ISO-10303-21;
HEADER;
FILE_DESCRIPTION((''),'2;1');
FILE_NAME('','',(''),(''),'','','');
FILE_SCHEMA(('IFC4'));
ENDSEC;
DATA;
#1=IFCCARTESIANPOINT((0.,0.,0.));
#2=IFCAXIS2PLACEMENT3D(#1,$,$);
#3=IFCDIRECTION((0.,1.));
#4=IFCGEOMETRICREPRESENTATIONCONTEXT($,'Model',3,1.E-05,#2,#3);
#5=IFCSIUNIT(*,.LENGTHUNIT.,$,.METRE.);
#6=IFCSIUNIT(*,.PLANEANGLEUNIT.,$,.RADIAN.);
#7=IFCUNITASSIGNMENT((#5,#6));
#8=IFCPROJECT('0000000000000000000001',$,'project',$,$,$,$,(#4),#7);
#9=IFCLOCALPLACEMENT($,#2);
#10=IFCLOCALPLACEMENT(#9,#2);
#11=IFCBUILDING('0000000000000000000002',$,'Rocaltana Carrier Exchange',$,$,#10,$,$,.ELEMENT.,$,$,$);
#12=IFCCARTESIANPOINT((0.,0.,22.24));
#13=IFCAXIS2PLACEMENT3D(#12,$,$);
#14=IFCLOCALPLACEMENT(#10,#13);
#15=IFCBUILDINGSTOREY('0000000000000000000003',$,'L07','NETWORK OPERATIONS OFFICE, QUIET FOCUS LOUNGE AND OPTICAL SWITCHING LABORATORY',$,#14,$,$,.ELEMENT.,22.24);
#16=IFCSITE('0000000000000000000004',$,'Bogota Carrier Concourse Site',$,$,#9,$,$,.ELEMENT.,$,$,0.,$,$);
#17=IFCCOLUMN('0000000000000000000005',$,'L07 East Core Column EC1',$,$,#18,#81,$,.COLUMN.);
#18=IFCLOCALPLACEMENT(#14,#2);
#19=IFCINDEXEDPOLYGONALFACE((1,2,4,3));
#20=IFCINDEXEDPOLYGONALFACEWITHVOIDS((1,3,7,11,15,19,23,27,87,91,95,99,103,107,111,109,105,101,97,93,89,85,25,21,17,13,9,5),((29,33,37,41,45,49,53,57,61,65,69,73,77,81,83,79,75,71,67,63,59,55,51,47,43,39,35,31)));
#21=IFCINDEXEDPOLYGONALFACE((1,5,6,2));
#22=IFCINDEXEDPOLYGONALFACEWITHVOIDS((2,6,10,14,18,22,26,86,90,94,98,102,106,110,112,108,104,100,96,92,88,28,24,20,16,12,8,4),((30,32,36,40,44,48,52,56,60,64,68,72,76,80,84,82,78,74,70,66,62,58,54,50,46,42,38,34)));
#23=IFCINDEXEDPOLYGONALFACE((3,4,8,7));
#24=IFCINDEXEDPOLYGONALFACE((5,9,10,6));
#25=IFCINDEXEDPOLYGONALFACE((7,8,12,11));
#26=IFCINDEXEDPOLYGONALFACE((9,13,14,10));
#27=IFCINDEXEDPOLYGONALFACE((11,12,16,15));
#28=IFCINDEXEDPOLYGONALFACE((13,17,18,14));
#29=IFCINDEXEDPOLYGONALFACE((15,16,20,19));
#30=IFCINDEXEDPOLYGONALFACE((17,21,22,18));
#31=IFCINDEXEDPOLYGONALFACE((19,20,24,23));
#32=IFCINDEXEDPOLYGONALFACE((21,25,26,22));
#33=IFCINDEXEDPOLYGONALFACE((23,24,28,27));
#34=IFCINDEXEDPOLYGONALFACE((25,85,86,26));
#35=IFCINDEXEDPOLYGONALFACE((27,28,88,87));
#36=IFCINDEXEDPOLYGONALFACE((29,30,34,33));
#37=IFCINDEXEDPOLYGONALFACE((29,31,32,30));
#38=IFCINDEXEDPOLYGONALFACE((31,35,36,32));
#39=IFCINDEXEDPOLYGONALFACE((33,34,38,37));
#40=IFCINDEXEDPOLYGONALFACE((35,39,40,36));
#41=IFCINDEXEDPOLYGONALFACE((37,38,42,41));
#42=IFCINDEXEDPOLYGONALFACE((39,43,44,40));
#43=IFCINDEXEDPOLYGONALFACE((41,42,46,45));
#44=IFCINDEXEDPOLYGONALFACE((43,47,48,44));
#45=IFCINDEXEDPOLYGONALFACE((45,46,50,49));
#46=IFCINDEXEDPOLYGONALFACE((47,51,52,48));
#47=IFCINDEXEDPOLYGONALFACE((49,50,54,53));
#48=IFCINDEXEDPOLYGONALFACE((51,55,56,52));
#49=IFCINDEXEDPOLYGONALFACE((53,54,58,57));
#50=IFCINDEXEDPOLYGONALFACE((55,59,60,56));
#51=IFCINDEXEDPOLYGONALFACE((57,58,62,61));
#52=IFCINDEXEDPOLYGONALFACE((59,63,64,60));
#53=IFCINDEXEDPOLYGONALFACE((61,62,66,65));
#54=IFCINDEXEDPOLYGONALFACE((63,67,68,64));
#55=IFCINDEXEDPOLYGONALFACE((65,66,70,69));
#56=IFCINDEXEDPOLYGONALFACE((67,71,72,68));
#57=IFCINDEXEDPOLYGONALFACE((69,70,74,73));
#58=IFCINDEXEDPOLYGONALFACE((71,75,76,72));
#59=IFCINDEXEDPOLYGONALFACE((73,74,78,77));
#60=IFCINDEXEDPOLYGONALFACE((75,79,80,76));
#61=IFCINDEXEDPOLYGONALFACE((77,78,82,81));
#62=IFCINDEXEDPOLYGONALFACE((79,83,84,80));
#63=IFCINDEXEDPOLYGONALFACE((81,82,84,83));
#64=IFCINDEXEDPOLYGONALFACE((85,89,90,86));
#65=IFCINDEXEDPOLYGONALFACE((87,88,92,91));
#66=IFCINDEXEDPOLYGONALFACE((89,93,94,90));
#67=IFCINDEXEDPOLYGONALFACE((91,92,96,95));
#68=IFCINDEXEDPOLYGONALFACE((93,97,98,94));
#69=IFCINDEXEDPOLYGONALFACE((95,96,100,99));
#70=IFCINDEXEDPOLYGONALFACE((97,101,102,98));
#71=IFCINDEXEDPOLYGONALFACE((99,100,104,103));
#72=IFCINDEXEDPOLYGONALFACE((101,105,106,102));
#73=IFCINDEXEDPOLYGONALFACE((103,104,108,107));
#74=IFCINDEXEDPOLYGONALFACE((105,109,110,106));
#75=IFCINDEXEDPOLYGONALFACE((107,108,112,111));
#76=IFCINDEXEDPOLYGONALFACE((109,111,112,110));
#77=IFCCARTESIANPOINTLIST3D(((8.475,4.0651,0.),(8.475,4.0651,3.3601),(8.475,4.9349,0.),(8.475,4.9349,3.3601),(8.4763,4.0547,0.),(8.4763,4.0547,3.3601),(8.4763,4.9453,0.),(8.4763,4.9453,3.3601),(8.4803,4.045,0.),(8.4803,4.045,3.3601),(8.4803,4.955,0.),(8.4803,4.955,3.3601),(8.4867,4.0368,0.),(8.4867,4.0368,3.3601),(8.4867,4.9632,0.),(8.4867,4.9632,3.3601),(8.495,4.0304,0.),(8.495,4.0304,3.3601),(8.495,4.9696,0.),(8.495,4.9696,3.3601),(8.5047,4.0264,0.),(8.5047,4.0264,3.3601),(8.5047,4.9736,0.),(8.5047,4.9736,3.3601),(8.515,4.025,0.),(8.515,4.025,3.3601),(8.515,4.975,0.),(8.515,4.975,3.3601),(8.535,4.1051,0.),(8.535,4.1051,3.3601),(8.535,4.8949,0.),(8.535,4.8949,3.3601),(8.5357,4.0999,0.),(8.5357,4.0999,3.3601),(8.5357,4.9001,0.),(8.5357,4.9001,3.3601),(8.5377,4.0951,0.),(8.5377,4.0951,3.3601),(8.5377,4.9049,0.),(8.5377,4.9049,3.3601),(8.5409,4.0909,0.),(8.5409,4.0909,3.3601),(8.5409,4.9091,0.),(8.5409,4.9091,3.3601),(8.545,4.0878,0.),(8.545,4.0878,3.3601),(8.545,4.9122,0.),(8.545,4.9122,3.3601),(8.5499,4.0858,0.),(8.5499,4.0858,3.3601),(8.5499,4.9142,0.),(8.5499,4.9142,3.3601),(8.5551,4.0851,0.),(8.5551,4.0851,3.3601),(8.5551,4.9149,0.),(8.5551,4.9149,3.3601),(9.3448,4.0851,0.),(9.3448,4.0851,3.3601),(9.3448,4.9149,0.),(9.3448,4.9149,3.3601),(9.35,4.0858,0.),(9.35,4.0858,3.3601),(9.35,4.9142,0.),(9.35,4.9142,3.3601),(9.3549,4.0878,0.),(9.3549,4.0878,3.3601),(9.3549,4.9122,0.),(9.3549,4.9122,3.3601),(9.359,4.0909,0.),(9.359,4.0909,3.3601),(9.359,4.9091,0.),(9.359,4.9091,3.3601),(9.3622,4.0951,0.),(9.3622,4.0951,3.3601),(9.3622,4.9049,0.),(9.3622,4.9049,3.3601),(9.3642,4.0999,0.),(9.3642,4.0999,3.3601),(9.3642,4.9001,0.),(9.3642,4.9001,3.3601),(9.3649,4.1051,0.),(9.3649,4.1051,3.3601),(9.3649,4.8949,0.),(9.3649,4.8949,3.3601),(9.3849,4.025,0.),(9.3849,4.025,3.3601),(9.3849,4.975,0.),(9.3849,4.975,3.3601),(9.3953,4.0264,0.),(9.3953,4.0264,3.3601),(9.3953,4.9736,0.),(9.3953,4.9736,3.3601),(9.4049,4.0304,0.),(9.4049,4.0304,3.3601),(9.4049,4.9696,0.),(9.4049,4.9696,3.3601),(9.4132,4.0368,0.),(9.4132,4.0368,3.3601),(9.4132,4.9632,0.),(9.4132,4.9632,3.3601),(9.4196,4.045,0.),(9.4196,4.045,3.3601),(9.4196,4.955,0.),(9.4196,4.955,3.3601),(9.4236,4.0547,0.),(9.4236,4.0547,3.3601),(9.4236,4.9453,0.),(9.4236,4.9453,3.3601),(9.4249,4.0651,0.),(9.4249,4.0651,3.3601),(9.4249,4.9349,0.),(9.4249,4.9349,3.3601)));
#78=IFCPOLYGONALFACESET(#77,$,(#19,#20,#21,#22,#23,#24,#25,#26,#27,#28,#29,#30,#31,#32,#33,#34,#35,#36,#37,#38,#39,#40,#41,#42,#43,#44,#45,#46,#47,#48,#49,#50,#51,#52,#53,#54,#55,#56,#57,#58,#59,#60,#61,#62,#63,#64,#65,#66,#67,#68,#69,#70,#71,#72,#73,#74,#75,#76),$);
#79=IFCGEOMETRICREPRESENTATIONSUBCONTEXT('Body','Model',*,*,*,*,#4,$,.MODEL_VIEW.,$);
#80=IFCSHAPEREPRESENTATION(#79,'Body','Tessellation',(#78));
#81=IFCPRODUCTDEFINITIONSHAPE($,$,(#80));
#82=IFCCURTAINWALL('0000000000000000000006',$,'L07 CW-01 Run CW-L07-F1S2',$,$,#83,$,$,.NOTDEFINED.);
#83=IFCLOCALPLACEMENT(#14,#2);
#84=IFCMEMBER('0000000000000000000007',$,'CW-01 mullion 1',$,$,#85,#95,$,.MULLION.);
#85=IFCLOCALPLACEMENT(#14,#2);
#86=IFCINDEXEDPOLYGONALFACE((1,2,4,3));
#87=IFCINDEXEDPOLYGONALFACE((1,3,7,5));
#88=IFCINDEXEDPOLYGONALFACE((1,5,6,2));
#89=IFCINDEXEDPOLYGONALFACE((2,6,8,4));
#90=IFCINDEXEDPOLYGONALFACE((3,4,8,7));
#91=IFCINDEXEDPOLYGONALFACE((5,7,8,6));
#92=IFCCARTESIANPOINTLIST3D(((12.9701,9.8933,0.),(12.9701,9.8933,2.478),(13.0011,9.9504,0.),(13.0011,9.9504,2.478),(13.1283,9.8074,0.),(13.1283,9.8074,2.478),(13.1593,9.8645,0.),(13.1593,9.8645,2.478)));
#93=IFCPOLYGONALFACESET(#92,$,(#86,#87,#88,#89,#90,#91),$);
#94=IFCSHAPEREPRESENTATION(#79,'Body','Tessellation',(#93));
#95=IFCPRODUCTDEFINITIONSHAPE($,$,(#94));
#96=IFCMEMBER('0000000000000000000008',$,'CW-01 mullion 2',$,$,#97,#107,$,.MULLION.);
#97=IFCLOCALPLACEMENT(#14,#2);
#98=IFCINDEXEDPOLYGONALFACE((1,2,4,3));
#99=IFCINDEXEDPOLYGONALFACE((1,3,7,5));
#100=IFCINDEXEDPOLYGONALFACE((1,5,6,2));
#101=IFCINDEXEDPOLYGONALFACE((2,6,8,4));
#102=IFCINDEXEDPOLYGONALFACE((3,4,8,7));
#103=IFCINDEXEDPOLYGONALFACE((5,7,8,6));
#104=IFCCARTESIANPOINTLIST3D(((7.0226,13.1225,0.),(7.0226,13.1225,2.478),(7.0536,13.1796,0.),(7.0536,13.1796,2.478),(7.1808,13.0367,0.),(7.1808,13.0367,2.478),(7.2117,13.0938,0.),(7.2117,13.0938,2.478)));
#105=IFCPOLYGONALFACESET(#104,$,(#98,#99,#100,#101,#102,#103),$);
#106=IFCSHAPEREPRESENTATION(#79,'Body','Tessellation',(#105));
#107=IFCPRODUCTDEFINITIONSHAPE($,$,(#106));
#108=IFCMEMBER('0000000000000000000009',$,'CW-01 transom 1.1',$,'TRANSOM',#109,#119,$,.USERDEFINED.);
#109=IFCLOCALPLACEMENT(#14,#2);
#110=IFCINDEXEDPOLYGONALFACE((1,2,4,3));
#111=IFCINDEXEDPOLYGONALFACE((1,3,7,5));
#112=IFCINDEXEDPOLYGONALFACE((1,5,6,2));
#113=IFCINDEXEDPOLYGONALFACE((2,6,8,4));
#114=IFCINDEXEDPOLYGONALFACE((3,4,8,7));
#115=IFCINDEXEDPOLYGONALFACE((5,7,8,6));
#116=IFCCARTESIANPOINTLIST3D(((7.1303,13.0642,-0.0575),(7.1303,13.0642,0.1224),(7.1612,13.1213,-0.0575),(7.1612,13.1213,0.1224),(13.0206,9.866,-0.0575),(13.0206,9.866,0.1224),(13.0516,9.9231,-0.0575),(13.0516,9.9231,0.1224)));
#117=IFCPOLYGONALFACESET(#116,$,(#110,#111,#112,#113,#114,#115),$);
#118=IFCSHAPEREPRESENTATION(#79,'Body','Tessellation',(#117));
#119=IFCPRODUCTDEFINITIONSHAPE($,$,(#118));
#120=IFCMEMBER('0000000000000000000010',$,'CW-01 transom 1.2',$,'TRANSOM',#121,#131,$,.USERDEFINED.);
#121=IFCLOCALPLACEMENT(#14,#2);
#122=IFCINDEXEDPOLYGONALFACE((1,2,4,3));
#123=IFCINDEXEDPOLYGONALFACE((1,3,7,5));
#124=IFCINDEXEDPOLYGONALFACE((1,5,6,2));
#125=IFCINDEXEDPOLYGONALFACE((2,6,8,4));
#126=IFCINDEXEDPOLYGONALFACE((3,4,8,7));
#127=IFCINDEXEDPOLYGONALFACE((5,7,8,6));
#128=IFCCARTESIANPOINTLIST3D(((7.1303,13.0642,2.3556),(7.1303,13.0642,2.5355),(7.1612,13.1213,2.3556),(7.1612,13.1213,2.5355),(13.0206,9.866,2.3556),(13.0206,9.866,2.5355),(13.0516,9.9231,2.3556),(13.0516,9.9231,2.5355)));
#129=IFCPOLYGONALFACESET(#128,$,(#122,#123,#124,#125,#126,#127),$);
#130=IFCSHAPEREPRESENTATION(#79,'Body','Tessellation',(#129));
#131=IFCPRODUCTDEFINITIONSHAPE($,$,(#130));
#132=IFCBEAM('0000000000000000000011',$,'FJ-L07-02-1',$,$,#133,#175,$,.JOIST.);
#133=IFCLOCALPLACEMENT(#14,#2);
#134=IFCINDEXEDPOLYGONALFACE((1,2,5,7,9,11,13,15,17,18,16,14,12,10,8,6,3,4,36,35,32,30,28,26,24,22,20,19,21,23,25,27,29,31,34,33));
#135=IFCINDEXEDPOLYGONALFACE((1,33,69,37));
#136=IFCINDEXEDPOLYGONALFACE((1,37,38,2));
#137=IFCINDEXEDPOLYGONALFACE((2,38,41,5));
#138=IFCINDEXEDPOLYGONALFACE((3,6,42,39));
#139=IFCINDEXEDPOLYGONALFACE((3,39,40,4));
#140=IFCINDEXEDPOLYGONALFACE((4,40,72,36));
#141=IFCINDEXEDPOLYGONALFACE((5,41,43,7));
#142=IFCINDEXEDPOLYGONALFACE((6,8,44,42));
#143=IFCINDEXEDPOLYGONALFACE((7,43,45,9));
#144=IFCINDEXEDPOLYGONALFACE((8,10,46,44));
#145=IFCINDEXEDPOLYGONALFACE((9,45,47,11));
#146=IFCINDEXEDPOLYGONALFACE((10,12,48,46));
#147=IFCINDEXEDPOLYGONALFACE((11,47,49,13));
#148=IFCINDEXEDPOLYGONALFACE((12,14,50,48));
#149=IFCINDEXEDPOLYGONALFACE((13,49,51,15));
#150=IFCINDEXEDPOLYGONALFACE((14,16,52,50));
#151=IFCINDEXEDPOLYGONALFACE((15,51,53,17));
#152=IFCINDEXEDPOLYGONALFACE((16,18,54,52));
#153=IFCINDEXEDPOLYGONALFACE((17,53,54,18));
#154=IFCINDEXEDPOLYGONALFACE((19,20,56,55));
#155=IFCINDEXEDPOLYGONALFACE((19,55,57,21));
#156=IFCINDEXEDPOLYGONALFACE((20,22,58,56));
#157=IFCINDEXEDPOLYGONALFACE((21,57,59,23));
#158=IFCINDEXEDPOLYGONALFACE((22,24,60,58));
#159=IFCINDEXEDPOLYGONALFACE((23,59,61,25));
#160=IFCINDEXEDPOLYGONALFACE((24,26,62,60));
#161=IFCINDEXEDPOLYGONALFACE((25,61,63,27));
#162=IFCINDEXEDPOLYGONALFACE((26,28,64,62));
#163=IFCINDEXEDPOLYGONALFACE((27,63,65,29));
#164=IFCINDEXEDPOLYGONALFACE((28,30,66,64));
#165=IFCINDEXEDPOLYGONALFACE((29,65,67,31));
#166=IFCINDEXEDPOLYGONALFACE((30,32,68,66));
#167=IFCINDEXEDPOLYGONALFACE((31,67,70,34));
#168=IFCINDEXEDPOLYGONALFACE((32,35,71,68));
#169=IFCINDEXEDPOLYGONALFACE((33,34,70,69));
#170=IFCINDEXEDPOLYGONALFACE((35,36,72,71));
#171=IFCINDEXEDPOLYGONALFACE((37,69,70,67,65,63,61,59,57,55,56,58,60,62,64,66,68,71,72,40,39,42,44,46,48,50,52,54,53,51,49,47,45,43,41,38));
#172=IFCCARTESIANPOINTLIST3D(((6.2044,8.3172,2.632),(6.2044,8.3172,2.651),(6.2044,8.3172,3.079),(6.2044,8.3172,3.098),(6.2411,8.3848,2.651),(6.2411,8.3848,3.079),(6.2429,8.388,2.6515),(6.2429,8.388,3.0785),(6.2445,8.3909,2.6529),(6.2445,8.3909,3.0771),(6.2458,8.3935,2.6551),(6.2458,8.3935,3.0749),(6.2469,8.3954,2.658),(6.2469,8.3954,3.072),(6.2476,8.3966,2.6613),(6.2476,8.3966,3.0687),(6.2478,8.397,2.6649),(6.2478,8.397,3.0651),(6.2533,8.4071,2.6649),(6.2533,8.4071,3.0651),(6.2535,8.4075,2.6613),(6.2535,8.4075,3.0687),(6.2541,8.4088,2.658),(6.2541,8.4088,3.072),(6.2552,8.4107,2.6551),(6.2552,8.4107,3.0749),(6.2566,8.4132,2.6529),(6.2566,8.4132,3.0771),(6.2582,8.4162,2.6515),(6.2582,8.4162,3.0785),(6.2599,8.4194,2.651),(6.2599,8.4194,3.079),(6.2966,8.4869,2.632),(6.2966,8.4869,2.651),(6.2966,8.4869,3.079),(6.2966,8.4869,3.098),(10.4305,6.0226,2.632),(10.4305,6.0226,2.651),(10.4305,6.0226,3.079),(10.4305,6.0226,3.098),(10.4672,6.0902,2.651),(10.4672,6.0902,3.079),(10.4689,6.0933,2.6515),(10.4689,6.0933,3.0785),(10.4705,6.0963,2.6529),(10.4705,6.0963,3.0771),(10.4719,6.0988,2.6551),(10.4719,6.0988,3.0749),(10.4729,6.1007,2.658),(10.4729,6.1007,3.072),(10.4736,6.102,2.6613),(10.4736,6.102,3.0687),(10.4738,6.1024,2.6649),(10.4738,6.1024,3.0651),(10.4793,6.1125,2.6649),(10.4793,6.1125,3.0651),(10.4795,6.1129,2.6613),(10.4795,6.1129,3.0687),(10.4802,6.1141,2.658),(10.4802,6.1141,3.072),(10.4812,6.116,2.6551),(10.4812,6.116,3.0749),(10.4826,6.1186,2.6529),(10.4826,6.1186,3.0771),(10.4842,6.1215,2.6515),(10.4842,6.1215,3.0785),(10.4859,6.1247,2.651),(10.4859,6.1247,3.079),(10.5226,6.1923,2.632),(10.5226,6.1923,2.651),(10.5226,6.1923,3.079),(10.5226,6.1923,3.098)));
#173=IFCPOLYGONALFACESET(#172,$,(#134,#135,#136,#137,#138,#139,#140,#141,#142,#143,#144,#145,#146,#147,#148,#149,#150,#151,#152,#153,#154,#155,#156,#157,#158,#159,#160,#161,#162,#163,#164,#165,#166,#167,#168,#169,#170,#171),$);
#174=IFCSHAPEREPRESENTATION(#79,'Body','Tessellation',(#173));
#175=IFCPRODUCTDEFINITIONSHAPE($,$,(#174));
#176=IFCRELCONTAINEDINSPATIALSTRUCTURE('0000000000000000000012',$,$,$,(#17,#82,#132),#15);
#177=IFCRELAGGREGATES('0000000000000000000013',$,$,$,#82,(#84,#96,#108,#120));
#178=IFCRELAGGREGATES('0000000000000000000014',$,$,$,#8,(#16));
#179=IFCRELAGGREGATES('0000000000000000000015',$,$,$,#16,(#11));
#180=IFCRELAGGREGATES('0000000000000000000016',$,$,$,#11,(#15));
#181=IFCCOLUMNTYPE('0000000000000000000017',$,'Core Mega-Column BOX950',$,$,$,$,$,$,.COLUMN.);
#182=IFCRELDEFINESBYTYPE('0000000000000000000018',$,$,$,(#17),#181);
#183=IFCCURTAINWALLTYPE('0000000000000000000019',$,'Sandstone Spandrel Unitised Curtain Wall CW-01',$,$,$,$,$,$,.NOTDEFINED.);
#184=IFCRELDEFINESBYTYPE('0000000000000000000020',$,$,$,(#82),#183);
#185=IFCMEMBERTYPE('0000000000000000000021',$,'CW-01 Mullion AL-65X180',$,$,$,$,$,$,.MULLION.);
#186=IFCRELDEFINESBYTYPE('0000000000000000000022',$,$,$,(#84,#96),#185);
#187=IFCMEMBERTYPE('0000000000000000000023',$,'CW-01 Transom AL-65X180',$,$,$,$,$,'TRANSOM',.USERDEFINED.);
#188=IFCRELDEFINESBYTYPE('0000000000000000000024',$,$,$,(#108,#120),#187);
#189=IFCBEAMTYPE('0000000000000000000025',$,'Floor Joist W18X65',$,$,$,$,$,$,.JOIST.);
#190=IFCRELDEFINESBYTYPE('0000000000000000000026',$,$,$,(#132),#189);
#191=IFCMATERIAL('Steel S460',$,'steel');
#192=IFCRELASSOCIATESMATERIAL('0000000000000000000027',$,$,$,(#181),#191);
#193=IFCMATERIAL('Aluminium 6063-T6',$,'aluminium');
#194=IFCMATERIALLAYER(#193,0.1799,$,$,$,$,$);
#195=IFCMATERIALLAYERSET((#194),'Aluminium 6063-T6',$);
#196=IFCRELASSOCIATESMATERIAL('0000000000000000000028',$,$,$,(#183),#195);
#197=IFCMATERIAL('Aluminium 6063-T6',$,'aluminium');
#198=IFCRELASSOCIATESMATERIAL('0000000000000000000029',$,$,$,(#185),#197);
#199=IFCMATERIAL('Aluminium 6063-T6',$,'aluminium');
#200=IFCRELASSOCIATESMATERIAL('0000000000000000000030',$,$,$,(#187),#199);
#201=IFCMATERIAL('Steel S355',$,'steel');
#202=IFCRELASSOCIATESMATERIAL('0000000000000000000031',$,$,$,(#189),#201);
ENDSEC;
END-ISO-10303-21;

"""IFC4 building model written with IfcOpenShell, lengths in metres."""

from ifc_helpers import new_model, si_unit, direction, frame, origin, origin_2d, place, context, subcontext, project, spatial, rectangle, hollow_rectangle, i_section, extrude, material, layer, layer_set, material_profile, profile_set, type_object, element, aggregate, save


model = new_model("IFC4")

# Units and contexts
model_context = context("Model", 3, precision=1e-05, world=origin(), true_north=direction((0.0, 1.0)))
body_context = subcontext(model_context, "Body", "Model", "MODEL_VIEW")
ifc_project = project(units=[si_unit("LENGTHUNIT", "METRE"), si_unit("PLANEANGLEUNIT", "RADIAN")], contexts=[model_context])

# Site, building, storey
site_placement = place(None, origin())
site = spatial("IfcSite", under=ifc_project, at=site_placement, Name="Bogota Carrier Concourse Site", CompositionType="ELEMENT", RefElevation=0.0)
building_placement = place(site_placement, origin())
building = spatial("IfcBuilding", under=site, at=building_placement, Name="Rocaltana Carrier Exchange", CompositionType="ELEMENT")
storey_placement = place(building_placement, frame((0.0, 0.0, 22.24)))
storey = spatial("IfcBuildingStorey", under=building, at=storey_placement, Name="L07", Description="NETWORK OPERATIONS OFFICE, QUIET FOCUS LOUNGE AND OPTICAL SWITCHING LABORATORY", CompositionType="ELEMENT", Elevation=22.24)

# Column
ifc_material_1 = material(Name="Steel S460", Category="steel")
ifc_material_profile_1 = material_profile(ifc_material_1, hollow_rectangle(XDim=0.95, YDim=0.95, WallThickness=0.0601, InnerFilletRadius=0.02, OuterFilletRadius=0.04, at=origin_2d()), Name="BOX950X950X60")
ifc_profile_set_1 = profile_set([ifc_material_profile_1], Name="Steel S460")
column_type = type_object("IfcColumnType", Name="Core Mega-Column BOX950", PredefinedType="COLUMN", material=ifc_profile_set_1)
column_placement = place(storey_placement, frame((8.95, 4.5, 0.0), z_axis=(0.0, 0.0, 1.0), x_axis=(1.0, 0.0, 0.0)))
element("IfcColumn", 1, at=column_placement, inside=storey, type_object=column_type, Name="L07 East Core Column EC1", PredefinedType="COLUMN", context=body_context, shape_type="SweptSolid", body=[
    extrude(hollow_rectangle(XDim=0.95, YDim=0.95, WallThickness=0.0601, InnerFilletRadius=0.02, OuterFilletRadius=0.04, at=origin_2d()), origin(), (0.0, 0.0, 1.0), 3.3601),
])

# Curtain wall, members
ifc_material_2 = material(Name="Aluminium 6063-T6", Category="aluminium")
ifc_layer_1 = layer(ifc_material_2, 0.1799)
ifc_layer_set_1 = layer_set([ifc_layer_1], Name="Aluminium 6063-T6")
curtain_wall_type = type_object("IfcCurtainWallType", Name="Sandstone Spandrel Unitised Curtain Wall CW-01", PredefinedType="NOTDEFINED", material=ifc_layer_set_1)
curtain_wall_placement = place(storey_placement, origin())
curtain_wall = element("IfcCurtainWall", 2, at=curtain_wall_placement, inside=storey, type_object=curtain_wall_type, Name="L07 CW-01 Run CW-L07-F1S2", PredefinedType="NOTDEFINED")
ifc_material_3 = material(Name="Aluminium 6063-T6", Category="aluminium")
ifc_material_profile_2 = material_profile(ifc_material_3, rectangle(XDim=0.0649, YDim=0.1799, at=origin_2d()), Name="AL-65X180")
ifc_profile_set_2 = profile_set([ifc_material_profile_2], Name="Aluminium 6063-T6")
member_type_1 = type_object("IfcMemberType", Name="CW-01 Mullion AL-65X180", PredefinedType="MULLION", material=ifc_profile_set_2)
member_1_placement = place(storey_placement, frame((13.0647, 9.8789, 0.0), z_axis=(0.0, 0.0, 1.0), x_axis=(-0.477164, -0.878814, 0.0)))
member_1 = element("IfcMember", 3, at=member_1_placement, type_object=member_type_1, Name="CW-01 mullion 1", PredefinedType="MULLION", context=body_context, shape_type="SweptSolid", body=[
    extrude(rectangle(XDim=0.0649, YDim=0.1799, at=origin_2d()), origin(), (0.0, 0.0, 1.0), 2.478),
])
member_2_placement = place(storey_placement, frame((7.1172, 13.1082, 0.0), z_axis=(0.0, 0.0, 1.0), x_axis=(-0.477164, -0.878814, 0.0)))
member_2 = element("IfcMember", 4, at=member_2_placement, type_object=member_type_1, Name="CW-01 mullion 2", PredefinedType="MULLION", context=body_context, shape_type="SweptSolid", body=[
    extrude(rectangle(XDim=0.0649, YDim=0.1799, at=origin_2d()), origin(), (0.0, 0.0, 1.0), 2.478),
])
ifc_material_4 = material(Name="Aluminium 6063-T6", Category="aluminium")
ifc_material_profile_3 = material_profile(ifc_material_4, rectangle(XDim=0.0649, YDim=0.1799, at=origin_2d()), Name="AL-65X180")
ifc_profile_set_3 = profile_set([ifc_material_profile_3], Name="Aluminium 6063-T6")
member_type_2 = type_object("IfcMemberType", Name="CW-01 Transom AL-65X180", ElementType="TRANSOM", PredefinedType="USERDEFINED", material=ifc_profile_set_3)
member_3_placement = place(storey_placement, frame((13.0361, 9.8945, 0.0325), z_axis=(-0.878815, 0.477162, 0.0), x_axis=(-0.477162, -0.878815, 0.0)))
member_3 = element("IfcMember", 5, at=member_3_placement, type_object=member_type_2, Name="CW-01 transom 1.1", ObjectType="TRANSOM", PredefinedType="USERDEFINED", context=body_context, shape_type="SweptSolid", body=[
    extrude(rectangle(XDim=0.0649, YDim=0.1799, at=origin_2d()), origin(), (0.0, 0.0, 1.0), 6.7026),
])
member_4_placement = place(storey_placement, frame((13.0361, 9.8945, 2.4456), z_axis=(-0.878815, 0.477162, 0.0), x_axis=(-0.477162, -0.878815, 0.0)))
member_4 = element("IfcMember", 6, at=member_4_placement, type_object=member_type_2, Name="CW-01 transom 1.2", ObjectType="TRANSOM", PredefinedType="USERDEFINED", context=body_context, shape_type="SweptSolid", body=[
    extrude(rectangle(XDim=0.0649, YDim=0.1799, at=origin_2d()), origin(), (0.0, 0.0, 1.0), 6.7026),
])

# Beam
ifc_material_5 = material(Name="Steel S355", Category="steel")
ifc_material_profile_4 = material_profile(ifc_material_5, i_section(OverallWidth=0.1931, OverallDepth=0.4661, WebThickness=0.0115, FlangeThickness=0.019, FilletRadius=0.0139, at=origin_2d()), Name="W18X65")
ifc_profile_set_4 = profile_set([ifc_material_profile_4], Name="Steel S355")
beam_type_1 = type_object("IfcBeamType", Name="Floor Joist W18X65", PredefinedType="JOIST", material=ifc_profile_set_4)
beam_1_placement = place(storey_placement, frame((10.4766, 6.1074, 2.865), z_axis=(-0.878808, 0.477176, 0.0), x_axis=(-0.477176, -0.878808, 0.0)))
element("IfcBeam", 7, at=beam_1_placement, inside=storey, type_object=beam_type_1, Name="FJ-L07-02-1", PredefinedType="JOIST", context=body_context, shape_type="SweptSolid", body=[
    extrude(i_section(OverallWidth=0.1931, OverallDepth=0.4661, WebThickness=0.0115, FlangeThickness=0.019, FilletRadius=0.0139, at=origin_2d()), origin(), (0.0, 0.0, 1.0), 4.8088),
])

aggregate(curtain_wall, [member_1, member_2, member_3, member_4])

save(model, "model.ifc")
